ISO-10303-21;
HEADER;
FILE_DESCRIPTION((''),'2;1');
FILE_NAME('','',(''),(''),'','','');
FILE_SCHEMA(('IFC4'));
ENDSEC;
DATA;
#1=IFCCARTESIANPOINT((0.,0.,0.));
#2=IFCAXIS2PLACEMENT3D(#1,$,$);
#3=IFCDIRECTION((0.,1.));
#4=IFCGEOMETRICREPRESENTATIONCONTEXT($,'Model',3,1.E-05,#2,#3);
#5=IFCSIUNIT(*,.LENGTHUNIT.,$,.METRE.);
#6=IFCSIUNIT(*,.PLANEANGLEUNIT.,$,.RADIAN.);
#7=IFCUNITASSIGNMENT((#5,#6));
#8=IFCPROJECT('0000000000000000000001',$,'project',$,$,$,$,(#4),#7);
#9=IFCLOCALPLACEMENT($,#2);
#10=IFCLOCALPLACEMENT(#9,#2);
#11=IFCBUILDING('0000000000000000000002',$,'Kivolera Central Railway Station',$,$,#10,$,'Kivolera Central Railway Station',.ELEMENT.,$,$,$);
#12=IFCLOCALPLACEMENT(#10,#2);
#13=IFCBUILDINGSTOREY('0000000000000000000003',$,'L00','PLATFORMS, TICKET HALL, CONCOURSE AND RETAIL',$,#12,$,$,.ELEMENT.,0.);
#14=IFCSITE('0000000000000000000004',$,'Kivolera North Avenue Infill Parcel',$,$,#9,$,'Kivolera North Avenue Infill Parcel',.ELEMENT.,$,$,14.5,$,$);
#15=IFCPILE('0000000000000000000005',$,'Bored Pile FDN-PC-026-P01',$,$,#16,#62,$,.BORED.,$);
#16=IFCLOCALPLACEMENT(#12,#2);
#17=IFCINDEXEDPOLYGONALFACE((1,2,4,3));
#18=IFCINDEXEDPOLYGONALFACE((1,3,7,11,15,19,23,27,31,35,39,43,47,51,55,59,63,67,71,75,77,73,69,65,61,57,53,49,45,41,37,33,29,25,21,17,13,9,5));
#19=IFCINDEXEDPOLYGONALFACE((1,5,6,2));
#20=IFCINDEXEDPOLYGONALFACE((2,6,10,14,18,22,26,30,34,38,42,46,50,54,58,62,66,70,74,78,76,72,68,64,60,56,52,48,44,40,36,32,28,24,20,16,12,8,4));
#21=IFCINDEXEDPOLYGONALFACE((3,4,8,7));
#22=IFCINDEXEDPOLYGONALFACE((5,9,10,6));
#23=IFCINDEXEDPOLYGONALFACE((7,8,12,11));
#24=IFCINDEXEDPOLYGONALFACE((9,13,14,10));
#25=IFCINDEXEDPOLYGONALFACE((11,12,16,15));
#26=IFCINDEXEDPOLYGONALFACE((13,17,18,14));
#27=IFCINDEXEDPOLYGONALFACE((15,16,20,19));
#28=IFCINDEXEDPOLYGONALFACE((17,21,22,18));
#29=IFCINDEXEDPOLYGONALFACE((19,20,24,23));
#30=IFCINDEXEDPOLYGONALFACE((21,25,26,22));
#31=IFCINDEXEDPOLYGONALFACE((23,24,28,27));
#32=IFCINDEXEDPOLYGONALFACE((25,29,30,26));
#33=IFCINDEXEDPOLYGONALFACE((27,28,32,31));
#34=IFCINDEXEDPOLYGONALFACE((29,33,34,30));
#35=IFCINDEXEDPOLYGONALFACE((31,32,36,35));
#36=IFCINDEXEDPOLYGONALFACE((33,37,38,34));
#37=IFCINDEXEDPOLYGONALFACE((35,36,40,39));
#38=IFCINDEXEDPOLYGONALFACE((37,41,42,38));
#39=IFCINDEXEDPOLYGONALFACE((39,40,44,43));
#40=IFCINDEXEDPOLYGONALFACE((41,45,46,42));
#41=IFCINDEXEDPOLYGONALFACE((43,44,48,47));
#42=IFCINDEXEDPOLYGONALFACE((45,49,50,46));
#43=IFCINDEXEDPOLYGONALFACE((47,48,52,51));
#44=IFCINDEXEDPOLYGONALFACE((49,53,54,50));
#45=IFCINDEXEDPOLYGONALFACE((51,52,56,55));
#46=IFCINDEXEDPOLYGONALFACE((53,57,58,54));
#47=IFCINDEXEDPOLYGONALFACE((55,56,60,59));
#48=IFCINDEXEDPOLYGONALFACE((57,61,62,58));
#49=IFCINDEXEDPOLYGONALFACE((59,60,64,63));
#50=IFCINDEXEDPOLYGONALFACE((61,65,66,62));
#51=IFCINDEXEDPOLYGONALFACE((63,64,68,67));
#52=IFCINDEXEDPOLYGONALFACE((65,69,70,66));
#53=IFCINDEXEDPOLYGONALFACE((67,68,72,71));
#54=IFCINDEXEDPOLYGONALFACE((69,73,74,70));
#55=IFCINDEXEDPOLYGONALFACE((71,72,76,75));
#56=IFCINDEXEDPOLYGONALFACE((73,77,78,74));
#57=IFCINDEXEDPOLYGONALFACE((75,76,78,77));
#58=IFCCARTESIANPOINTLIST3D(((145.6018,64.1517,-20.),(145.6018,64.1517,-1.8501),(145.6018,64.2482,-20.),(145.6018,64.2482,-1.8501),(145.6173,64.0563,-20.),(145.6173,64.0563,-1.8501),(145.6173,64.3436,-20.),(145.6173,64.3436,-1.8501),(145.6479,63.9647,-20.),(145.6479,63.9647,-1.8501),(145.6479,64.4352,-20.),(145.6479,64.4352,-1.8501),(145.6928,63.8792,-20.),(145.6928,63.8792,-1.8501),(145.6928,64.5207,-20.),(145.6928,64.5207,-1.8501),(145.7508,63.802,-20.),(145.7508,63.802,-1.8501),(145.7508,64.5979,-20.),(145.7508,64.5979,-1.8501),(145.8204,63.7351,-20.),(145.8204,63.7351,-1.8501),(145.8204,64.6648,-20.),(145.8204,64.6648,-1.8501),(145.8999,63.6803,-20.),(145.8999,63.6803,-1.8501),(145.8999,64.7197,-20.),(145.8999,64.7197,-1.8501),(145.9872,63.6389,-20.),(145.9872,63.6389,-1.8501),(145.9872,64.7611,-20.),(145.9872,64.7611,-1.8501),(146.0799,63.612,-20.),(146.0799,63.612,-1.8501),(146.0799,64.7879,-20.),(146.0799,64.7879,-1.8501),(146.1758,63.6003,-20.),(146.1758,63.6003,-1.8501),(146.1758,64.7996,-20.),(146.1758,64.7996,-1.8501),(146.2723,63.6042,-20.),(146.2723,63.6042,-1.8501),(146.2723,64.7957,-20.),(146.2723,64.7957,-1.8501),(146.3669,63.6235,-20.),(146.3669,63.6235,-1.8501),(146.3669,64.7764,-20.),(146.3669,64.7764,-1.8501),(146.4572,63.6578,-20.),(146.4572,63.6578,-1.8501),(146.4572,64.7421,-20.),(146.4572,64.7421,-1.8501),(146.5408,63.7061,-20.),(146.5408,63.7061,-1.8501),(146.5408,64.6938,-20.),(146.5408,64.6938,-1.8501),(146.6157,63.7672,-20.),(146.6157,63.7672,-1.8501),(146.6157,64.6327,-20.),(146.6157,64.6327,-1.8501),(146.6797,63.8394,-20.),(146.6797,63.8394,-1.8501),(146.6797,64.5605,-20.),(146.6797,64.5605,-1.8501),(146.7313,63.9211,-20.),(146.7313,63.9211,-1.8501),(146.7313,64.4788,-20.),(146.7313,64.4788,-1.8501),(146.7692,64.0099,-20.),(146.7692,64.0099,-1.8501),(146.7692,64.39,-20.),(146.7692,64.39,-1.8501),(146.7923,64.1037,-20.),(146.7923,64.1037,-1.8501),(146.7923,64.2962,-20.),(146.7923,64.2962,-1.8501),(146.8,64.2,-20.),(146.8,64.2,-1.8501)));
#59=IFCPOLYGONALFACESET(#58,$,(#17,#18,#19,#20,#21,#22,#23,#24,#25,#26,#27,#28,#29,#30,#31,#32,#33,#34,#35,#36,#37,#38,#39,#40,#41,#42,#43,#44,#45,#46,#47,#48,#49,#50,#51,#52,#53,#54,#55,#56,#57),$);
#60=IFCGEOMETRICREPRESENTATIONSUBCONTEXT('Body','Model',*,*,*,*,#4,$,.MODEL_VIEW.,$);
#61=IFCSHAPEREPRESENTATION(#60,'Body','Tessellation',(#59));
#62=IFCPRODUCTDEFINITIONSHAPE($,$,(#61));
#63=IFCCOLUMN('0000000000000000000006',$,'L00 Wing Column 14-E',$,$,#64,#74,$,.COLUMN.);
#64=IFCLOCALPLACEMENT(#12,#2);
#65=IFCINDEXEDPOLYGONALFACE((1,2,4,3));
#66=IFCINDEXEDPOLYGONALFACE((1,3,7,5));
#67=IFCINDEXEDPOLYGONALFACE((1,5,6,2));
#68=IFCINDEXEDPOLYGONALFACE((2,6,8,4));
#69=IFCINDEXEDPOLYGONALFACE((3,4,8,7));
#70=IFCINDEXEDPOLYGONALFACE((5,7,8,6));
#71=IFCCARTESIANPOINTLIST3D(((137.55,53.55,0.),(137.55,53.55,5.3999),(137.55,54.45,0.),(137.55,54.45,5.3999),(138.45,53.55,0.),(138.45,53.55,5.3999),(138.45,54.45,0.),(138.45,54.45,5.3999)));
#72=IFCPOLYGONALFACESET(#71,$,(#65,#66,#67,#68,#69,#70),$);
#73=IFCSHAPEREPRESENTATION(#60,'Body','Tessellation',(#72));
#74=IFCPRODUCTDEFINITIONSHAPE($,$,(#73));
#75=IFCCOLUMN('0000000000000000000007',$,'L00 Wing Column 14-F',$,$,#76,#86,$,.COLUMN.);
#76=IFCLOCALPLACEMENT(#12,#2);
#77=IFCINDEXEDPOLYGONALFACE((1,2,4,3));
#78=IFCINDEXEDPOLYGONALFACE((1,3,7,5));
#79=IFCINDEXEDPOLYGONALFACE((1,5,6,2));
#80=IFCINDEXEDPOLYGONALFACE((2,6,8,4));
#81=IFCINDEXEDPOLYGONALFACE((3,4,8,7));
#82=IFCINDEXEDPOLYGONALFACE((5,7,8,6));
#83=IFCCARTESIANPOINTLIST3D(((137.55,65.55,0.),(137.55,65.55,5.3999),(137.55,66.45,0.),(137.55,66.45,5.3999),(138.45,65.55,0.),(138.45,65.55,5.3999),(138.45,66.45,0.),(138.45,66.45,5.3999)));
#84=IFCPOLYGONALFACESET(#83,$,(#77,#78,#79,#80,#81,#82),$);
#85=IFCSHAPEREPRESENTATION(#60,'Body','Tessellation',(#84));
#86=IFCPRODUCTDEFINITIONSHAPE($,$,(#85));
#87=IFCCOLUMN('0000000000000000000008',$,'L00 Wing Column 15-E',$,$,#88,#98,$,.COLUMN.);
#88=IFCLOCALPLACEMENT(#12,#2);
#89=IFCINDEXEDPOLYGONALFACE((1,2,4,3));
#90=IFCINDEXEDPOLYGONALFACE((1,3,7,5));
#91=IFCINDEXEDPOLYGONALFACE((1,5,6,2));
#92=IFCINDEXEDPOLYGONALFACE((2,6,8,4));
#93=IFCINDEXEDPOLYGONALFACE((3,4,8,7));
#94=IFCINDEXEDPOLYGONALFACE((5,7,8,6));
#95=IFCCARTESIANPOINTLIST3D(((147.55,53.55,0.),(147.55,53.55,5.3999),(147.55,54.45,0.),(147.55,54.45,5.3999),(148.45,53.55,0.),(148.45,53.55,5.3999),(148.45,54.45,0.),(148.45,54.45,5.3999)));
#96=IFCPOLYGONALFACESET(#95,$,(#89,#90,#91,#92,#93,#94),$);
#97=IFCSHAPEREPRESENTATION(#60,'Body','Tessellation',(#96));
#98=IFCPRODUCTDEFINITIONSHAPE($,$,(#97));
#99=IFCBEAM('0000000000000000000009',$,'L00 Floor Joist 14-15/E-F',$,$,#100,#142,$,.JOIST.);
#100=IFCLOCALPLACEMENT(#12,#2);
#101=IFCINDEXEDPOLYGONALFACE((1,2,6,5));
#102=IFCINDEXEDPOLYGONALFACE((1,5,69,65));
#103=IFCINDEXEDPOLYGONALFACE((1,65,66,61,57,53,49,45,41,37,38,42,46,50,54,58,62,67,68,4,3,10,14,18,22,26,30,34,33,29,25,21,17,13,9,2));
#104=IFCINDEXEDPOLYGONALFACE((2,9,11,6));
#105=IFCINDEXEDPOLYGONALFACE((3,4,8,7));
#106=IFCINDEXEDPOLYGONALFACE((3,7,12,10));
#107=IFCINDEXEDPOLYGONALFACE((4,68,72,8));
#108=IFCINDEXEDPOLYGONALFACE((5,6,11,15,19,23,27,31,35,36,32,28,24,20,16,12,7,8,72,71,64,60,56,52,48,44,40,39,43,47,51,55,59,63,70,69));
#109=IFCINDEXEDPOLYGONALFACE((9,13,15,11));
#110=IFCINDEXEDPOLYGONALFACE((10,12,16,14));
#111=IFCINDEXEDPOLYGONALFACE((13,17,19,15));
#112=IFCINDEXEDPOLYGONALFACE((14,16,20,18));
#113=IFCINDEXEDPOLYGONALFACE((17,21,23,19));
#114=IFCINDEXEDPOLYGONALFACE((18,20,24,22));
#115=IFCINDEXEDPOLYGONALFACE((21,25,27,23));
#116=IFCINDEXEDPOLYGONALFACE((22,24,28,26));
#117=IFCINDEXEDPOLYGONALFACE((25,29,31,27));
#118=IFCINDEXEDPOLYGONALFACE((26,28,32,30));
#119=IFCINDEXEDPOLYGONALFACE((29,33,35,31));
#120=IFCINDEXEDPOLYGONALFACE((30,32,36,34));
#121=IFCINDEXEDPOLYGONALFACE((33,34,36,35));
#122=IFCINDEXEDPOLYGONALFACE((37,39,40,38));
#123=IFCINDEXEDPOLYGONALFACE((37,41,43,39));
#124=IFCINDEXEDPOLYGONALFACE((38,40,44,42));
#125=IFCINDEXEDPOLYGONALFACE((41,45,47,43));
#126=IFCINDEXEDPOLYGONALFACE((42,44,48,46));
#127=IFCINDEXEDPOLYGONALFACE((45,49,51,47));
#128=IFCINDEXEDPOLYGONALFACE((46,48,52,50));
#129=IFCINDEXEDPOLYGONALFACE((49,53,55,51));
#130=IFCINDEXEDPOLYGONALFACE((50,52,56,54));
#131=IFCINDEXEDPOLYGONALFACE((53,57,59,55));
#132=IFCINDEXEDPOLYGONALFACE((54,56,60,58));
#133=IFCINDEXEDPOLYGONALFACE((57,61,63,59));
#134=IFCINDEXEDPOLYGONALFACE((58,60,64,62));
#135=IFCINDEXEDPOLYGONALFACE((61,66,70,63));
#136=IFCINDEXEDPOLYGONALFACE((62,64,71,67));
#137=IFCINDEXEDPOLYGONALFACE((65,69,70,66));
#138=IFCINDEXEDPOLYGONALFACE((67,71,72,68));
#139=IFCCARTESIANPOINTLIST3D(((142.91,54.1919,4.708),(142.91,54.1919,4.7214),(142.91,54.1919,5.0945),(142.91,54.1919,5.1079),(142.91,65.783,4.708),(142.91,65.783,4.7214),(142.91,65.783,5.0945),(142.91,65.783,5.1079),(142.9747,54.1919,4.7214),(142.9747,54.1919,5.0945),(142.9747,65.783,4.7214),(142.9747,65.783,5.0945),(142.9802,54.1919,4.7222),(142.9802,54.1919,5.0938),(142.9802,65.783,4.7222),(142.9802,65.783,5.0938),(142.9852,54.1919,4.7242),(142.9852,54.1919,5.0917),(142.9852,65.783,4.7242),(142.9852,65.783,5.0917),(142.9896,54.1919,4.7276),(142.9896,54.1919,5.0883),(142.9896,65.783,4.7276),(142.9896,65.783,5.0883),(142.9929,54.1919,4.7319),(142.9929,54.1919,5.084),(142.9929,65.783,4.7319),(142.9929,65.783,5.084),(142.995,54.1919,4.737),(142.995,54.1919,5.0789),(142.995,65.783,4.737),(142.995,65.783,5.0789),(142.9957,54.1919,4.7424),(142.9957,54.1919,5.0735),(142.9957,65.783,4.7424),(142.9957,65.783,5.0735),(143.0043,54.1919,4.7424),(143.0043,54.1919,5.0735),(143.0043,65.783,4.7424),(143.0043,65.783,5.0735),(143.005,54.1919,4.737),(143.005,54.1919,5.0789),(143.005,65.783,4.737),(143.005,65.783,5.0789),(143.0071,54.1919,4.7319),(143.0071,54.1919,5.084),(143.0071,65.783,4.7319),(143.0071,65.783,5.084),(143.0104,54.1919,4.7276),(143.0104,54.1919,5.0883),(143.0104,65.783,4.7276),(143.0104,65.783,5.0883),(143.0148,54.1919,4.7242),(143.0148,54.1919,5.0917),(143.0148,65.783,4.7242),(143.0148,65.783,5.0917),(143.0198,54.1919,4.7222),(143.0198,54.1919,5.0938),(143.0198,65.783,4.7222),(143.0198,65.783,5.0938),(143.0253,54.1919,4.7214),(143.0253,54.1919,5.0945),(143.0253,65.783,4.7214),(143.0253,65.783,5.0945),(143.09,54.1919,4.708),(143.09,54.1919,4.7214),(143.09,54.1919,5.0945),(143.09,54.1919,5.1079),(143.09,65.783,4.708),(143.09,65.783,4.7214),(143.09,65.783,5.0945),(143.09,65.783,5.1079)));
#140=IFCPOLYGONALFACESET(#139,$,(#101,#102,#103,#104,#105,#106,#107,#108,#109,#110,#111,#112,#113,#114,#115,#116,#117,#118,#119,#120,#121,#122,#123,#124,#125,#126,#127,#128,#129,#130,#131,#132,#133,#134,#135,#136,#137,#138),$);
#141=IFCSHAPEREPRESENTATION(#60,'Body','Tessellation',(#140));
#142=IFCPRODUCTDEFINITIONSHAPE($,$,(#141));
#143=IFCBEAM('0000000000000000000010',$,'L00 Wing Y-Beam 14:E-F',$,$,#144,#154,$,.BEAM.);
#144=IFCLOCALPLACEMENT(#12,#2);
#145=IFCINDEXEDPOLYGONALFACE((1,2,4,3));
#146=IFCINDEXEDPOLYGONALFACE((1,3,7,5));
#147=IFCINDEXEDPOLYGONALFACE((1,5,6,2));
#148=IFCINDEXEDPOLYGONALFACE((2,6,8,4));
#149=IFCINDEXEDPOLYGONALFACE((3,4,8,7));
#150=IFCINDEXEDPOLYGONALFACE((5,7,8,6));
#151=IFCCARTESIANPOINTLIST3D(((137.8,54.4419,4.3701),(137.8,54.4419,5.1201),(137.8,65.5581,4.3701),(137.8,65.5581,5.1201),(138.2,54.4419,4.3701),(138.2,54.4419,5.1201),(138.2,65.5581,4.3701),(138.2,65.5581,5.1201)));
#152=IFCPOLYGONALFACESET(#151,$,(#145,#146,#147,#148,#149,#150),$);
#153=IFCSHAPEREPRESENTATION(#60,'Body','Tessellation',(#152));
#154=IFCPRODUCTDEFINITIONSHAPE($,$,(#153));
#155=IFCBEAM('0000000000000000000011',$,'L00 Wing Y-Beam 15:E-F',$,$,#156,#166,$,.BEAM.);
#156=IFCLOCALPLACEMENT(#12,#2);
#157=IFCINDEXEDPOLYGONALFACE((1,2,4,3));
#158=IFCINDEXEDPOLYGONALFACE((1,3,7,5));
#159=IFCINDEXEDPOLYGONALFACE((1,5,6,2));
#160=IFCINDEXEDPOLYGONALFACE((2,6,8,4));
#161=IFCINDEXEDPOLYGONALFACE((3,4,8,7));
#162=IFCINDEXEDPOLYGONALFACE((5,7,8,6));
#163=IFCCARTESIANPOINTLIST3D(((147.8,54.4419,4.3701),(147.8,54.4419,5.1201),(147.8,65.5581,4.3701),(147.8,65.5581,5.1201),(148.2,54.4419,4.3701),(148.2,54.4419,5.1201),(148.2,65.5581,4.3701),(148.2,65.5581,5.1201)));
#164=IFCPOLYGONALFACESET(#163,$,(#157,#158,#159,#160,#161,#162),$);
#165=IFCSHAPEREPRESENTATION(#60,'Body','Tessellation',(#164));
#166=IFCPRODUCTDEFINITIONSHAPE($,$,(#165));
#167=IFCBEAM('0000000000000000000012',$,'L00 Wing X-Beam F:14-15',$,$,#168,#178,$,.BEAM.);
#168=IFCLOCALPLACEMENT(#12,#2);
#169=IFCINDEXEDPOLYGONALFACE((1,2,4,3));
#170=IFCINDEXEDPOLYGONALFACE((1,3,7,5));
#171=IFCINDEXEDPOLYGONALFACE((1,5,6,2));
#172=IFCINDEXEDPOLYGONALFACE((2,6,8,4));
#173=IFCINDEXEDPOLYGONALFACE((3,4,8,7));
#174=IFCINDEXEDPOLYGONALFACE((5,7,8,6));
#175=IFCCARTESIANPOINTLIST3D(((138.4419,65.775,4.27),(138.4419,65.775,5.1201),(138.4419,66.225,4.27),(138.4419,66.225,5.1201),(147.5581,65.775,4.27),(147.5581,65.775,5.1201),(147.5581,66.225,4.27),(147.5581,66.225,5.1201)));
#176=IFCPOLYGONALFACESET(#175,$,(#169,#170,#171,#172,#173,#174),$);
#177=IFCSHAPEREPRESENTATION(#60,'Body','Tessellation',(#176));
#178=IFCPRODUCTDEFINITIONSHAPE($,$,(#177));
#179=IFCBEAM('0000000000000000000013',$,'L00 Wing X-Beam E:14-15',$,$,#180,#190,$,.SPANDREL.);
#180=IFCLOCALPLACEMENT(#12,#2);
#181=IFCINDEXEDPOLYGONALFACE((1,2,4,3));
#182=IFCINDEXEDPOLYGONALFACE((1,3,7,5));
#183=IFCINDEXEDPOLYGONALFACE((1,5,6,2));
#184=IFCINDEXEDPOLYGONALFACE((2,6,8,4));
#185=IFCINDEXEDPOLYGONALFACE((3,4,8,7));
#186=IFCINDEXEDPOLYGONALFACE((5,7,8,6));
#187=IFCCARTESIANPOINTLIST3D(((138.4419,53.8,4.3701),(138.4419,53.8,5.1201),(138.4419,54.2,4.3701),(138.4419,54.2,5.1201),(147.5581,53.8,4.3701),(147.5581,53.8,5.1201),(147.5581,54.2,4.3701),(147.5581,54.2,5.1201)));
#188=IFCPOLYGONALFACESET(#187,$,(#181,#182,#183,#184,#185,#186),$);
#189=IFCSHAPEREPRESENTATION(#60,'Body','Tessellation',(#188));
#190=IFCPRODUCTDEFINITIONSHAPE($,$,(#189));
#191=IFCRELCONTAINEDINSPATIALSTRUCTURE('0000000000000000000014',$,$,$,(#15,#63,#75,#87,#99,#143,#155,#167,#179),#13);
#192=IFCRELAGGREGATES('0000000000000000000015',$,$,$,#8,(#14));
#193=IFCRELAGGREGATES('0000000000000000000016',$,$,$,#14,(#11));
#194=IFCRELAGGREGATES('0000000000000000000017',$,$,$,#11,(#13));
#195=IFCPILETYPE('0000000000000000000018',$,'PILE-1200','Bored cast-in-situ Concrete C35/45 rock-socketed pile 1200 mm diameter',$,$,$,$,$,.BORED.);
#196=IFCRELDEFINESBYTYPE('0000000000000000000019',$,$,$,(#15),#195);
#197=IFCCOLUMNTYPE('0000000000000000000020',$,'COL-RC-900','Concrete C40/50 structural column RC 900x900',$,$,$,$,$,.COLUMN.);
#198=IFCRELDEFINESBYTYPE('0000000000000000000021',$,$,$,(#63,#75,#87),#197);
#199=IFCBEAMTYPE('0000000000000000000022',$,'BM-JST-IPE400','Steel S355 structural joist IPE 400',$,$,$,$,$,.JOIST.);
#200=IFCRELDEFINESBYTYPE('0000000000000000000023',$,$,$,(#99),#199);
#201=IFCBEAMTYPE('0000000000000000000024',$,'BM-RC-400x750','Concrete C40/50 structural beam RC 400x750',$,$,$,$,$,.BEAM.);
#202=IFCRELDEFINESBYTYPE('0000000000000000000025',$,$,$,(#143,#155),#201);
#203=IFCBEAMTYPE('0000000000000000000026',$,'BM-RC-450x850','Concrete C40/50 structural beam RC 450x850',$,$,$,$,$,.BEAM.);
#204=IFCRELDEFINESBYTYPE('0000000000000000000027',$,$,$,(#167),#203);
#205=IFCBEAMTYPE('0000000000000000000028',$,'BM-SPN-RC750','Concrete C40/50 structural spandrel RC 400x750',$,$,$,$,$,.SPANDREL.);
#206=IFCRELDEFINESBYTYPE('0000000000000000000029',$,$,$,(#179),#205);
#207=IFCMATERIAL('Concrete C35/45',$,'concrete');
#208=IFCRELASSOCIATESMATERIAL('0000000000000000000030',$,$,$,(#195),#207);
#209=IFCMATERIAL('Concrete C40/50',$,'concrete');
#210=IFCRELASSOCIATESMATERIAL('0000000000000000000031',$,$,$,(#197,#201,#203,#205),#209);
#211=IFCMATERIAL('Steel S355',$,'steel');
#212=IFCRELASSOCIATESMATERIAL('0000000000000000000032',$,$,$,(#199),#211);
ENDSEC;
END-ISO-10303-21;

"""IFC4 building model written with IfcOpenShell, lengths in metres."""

from ifc_helpers import new_model, si_unit, direction, frame, origin, origin_2d, place, context, subcontext, project, spatial, rectangle, circle, i_section, extrude, material, material_profile, profile_set, type_object, element, save


model = new_model("IFC4")

# Units and contexts
model_context = context("Model", 3, precision=1e-05, world=origin(), true_north=direction((0.0, 1.0)))
body_context = subcontext(model_context, "Body", "Model", "MODEL_VIEW")
ifc_project = project(units=[si_unit("LENGTHUNIT", "METRE"), si_unit("PLANEANGLEUNIT", "RADIAN")], contexts=[model_context])

# Site, building, storey
site_placement = place(None, origin())
site = spatial("IfcSite", under=ifc_project, at=site_placement, Name="Kivolera North Avenue Infill Parcel", LongName="Kivolera North Avenue Infill Parcel", CompositionType="ELEMENT", RefElevation=14.5)
building_placement = place(site_placement, origin())
building = spatial("IfcBuilding", under=site, at=building_placement, Name="Kivolera Central Railway Station", LongName="Kivolera Central Railway Station", CompositionType="ELEMENT")
storey_placement = place(building_placement, origin())
storey = spatial("IfcBuildingStorey", under=building, at=storey_placement, Name="L00", Description="PLATFORMS, TICKET HALL, CONCOURSE AND RETAIL", CompositionType="ELEMENT", Elevation=0.0)

# Shared definitions
ifc_material_1 = material(Name="Concrete C35/45", Category="concrete")

# Pile
ifc_material_profile_1 = material_profile(ifc_material_1, circle(Radius=0.6001, at=origin_2d()), Name="PILE D1200")
ifc_profile_set_1 = profile_set([ifc_material_profile_1], Name="Concrete C35/45")
pile_type = type_object("IfcPileType", Name="PILE-1200", Description="Bored cast-in-situ Concrete C35/45 rock-socketed pile 1200 mm diameter", PredefinedType="BORED", material=ifc_profile_set_1)
for number, where, z_axis, x_axis, name in (
    (1, (146.2, 64.2, -1.8501), (0.0, 0.0, -1.0), (1.0, 0.0, 0.0), "Bored Pile FDN-PC-026-P01"),
):
    element("IfcPile", number, at=place(storey_placement, frame(where, z_axis=z_axis, x_axis=x_axis)), inside=storey, type_object=pile_type, Name=name, PredefinedType="BORED", context=body_context, shape_type="SweptSolid", body=[
        extrude(circle(Radius=0.6001, at=origin_2d()), origin(), (0.0, 0.0, 1.0), 18.1499),
    ])

# Columns
ifc_material_2 = material(Name="Concrete C40/50", Category="concrete")
ifc_material_profile_2 = material_profile(ifc_material_2, rectangle(XDim=0.8999, YDim=0.8999, at=origin_2d()), Name="RC 900x900")
ifc_profile_set_2 = profile_set([ifc_material_profile_2], Name="Concrete C40/50")
column_type = type_object("IfcColumnType", Name="COL-RC-900", Description="Concrete C40/50 structural column RC 900x900", PredefinedType="COLUMN", material=ifc_profile_set_2)
for number, where, z_axis, x_axis, name in (
    (2, (138.0, 54.0, 0.0), (0.0, 0.0, 1.0), (1.0, 0.0, 0.0), "L00 Wing Column 14-E"),
    (3, (138.0, 66.0, 0.0), (0.0, 0.0, 1.0), (1.0, 0.0, 0.0), "L00 Wing Column 14-F"),
    (4, (148.0, 54.0, 0.0), (0.0, 0.0, 1.0), (1.0, 0.0, 0.0), "L00 Wing Column 15-E"),
):
    element("IfcColumn", number, at=place(storey_placement, frame(where, z_axis=z_axis, x_axis=x_axis)), inside=storey, type_object=column_type, Name=name, PredefinedType="COLUMN", context=body_context, shape_type="SweptSolid", body=[
        extrude(rectangle(XDim=0.8999, YDim=0.8999, at=origin_2d()), origin(), (0.0, 0.0, 1.0), 5.3999),
    ])

# Beams
ifc_material_3 = material(Name="Steel S355", Category="steel")
ifc_material_profile_3 = material_profile(ifc_material_3, i_section(OverallWidth=0.1799, OverallDepth=0.3999, WebThickness=0.0085, FlangeThickness=0.0134, FilletRadius=0.021, at=origin_2d()), Name="IPE 400")
ifc_profile_set_3 = profile_set([ifc_material_profile_3], Name="Steel S355")
beam_type_1 = type_object("IfcBeamType", Name="BM-JST-IPE400", Description="Steel S355 structural joist IPE 400", PredefinedType="JOIST", material=ifc_profile_set_3)
beam_1_placement = place(storey_placement, frame((143.0, 54.1919, 4.908), z_axis=(0.0, 1.0, 0.0), x_axis=(-1.0, 0.0, 0.0)))
element("IfcBeam", 5, at=beam_1_placement, inside=storey, type_object=beam_type_1, Name="L00 Floor Joist 14-15/E-F", PredefinedType="JOIST", context=body_context, shape_type="SweptSolid", body=[
    extrude(i_section(OverallWidth=0.1799, OverallDepth=0.3999, WebThickness=0.0085, FlangeThickness=0.0134, FilletRadius=0.021, at=origin_2d()), origin(), (0.0, 0.0, 1.0), 11.5911),
])
ifc_material_profile_4 = material_profile(ifc_material_2, rectangle(XDim=0.3999, YDim=0.75, at=origin_2d()), Name="RC 400x750")
ifc_profile_set_4 = profile_set([ifc_material_profile_4], Name="Concrete C40/50")
beam_type_2 = type_object("IfcBeamType", Name="BM-RC-400x750", Description="Concrete C40/50 structural beam RC 400x750", PredefinedType="BEAM", material=ifc_profile_set_4)
for number, where, z_axis, x_axis, name in (
    (6, (138.0, 54.4419, 4.7451), (0.0, 1.0, 0.0), (-1.0, 0.0, 0.0), "L00 Wing Y-Beam 14:E-F"),
    (7, (148.0, 54.4419, 4.7451), (0.0, 1.0, 0.0), (-1.0, 0.0, 0.0), "L00 Wing Y-Beam 15:E-F"),
):
    element("IfcBeam", number, at=place(storey_placement, frame(where, z_axis=z_axis, x_axis=x_axis)), inside=storey, type_object=beam_type_2, Name=name, PredefinedType="BEAM", context=body_context, shape_type="SweptSolid", body=[
        extrude(rectangle(XDim=0.3999, YDim=0.75, at=origin_2d()), origin(), (0.0, 0.0, 1.0), 11.1162),
    ])
ifc_material_profile_5 = material_profile(ifc_material_2, rectangle(XDim=0.45, YDim=0.8501, at=origin_2d()), Name="RC 450x850")
ifc_profile_set_5 = profile_set([ifc_material_profile_5], Name="Concrete C40/50")
beam_type_3 = type_object("IfcBeamType", Name="BM-RC-450x850", Description="Concrete C40/50 structural beam RC 450x850", PredefinedType="BEAM", material=ifc_profile_set_5)
beam_2_placement = place(storey_placement, frame((138.4419, 66.0, 4.6951), z_axis=(1.0, 0.0, 0.0), x_axis=(0.0, 1.0, 0.0)))
element("IfcBeam", 8, at=beam_2_placement, inside=storey, type_object=beam_type_3, Name="L00 Wing X-Beam F:14-15", PredefinedType="BEAM", context=body_context, shape_type="SweptSolid", body=[
    extrude(rectangle(XDim=0.45, YDim=0.8501, at=origin_2d()), origin(), (0.0, 0.0, 1.0), 9.1162),
])
ifc_material_profile_6 = material_profile(ifc_material_2, rectangle(XDim=0.3999, YDim=0.75, at=origin_2d()), Name="RC 400x750")
ifc_profile_set_6 = profile_set([ifc_material_profile_6], Name="Concrete C40/50")
beam_type_4 = type_object("IfcBeamType", Name="BM-SPN-RC750", Description="Concrete C40/50 structural spandrel RC 400x750", PredefinedType="SPANDREL", material=ifc_profile_set_6)
beam_3_placement = place(storey_placement, frame((138.4419, 54.0, 4.7451), z_axis=(1.0, 0.0, 0.0), x_axis=(0.0, 1.0, 0.0)))
element("IfcBeam", 9, at=beam_3_placement, inside=storey, type_object=beam_type_4, Name="L00 Wing X-Beam E:14-15", PredefinedType="SPANDREL", context=body_context, shape_type="SweptSolid", body=[
    extrude(rectangle(XDim=0.3999, YDim=0.75, at=origin_2d()), origin(), (0.0, 0.0, 1.0), 9.1162),
])

save(model, "model.ifc")
